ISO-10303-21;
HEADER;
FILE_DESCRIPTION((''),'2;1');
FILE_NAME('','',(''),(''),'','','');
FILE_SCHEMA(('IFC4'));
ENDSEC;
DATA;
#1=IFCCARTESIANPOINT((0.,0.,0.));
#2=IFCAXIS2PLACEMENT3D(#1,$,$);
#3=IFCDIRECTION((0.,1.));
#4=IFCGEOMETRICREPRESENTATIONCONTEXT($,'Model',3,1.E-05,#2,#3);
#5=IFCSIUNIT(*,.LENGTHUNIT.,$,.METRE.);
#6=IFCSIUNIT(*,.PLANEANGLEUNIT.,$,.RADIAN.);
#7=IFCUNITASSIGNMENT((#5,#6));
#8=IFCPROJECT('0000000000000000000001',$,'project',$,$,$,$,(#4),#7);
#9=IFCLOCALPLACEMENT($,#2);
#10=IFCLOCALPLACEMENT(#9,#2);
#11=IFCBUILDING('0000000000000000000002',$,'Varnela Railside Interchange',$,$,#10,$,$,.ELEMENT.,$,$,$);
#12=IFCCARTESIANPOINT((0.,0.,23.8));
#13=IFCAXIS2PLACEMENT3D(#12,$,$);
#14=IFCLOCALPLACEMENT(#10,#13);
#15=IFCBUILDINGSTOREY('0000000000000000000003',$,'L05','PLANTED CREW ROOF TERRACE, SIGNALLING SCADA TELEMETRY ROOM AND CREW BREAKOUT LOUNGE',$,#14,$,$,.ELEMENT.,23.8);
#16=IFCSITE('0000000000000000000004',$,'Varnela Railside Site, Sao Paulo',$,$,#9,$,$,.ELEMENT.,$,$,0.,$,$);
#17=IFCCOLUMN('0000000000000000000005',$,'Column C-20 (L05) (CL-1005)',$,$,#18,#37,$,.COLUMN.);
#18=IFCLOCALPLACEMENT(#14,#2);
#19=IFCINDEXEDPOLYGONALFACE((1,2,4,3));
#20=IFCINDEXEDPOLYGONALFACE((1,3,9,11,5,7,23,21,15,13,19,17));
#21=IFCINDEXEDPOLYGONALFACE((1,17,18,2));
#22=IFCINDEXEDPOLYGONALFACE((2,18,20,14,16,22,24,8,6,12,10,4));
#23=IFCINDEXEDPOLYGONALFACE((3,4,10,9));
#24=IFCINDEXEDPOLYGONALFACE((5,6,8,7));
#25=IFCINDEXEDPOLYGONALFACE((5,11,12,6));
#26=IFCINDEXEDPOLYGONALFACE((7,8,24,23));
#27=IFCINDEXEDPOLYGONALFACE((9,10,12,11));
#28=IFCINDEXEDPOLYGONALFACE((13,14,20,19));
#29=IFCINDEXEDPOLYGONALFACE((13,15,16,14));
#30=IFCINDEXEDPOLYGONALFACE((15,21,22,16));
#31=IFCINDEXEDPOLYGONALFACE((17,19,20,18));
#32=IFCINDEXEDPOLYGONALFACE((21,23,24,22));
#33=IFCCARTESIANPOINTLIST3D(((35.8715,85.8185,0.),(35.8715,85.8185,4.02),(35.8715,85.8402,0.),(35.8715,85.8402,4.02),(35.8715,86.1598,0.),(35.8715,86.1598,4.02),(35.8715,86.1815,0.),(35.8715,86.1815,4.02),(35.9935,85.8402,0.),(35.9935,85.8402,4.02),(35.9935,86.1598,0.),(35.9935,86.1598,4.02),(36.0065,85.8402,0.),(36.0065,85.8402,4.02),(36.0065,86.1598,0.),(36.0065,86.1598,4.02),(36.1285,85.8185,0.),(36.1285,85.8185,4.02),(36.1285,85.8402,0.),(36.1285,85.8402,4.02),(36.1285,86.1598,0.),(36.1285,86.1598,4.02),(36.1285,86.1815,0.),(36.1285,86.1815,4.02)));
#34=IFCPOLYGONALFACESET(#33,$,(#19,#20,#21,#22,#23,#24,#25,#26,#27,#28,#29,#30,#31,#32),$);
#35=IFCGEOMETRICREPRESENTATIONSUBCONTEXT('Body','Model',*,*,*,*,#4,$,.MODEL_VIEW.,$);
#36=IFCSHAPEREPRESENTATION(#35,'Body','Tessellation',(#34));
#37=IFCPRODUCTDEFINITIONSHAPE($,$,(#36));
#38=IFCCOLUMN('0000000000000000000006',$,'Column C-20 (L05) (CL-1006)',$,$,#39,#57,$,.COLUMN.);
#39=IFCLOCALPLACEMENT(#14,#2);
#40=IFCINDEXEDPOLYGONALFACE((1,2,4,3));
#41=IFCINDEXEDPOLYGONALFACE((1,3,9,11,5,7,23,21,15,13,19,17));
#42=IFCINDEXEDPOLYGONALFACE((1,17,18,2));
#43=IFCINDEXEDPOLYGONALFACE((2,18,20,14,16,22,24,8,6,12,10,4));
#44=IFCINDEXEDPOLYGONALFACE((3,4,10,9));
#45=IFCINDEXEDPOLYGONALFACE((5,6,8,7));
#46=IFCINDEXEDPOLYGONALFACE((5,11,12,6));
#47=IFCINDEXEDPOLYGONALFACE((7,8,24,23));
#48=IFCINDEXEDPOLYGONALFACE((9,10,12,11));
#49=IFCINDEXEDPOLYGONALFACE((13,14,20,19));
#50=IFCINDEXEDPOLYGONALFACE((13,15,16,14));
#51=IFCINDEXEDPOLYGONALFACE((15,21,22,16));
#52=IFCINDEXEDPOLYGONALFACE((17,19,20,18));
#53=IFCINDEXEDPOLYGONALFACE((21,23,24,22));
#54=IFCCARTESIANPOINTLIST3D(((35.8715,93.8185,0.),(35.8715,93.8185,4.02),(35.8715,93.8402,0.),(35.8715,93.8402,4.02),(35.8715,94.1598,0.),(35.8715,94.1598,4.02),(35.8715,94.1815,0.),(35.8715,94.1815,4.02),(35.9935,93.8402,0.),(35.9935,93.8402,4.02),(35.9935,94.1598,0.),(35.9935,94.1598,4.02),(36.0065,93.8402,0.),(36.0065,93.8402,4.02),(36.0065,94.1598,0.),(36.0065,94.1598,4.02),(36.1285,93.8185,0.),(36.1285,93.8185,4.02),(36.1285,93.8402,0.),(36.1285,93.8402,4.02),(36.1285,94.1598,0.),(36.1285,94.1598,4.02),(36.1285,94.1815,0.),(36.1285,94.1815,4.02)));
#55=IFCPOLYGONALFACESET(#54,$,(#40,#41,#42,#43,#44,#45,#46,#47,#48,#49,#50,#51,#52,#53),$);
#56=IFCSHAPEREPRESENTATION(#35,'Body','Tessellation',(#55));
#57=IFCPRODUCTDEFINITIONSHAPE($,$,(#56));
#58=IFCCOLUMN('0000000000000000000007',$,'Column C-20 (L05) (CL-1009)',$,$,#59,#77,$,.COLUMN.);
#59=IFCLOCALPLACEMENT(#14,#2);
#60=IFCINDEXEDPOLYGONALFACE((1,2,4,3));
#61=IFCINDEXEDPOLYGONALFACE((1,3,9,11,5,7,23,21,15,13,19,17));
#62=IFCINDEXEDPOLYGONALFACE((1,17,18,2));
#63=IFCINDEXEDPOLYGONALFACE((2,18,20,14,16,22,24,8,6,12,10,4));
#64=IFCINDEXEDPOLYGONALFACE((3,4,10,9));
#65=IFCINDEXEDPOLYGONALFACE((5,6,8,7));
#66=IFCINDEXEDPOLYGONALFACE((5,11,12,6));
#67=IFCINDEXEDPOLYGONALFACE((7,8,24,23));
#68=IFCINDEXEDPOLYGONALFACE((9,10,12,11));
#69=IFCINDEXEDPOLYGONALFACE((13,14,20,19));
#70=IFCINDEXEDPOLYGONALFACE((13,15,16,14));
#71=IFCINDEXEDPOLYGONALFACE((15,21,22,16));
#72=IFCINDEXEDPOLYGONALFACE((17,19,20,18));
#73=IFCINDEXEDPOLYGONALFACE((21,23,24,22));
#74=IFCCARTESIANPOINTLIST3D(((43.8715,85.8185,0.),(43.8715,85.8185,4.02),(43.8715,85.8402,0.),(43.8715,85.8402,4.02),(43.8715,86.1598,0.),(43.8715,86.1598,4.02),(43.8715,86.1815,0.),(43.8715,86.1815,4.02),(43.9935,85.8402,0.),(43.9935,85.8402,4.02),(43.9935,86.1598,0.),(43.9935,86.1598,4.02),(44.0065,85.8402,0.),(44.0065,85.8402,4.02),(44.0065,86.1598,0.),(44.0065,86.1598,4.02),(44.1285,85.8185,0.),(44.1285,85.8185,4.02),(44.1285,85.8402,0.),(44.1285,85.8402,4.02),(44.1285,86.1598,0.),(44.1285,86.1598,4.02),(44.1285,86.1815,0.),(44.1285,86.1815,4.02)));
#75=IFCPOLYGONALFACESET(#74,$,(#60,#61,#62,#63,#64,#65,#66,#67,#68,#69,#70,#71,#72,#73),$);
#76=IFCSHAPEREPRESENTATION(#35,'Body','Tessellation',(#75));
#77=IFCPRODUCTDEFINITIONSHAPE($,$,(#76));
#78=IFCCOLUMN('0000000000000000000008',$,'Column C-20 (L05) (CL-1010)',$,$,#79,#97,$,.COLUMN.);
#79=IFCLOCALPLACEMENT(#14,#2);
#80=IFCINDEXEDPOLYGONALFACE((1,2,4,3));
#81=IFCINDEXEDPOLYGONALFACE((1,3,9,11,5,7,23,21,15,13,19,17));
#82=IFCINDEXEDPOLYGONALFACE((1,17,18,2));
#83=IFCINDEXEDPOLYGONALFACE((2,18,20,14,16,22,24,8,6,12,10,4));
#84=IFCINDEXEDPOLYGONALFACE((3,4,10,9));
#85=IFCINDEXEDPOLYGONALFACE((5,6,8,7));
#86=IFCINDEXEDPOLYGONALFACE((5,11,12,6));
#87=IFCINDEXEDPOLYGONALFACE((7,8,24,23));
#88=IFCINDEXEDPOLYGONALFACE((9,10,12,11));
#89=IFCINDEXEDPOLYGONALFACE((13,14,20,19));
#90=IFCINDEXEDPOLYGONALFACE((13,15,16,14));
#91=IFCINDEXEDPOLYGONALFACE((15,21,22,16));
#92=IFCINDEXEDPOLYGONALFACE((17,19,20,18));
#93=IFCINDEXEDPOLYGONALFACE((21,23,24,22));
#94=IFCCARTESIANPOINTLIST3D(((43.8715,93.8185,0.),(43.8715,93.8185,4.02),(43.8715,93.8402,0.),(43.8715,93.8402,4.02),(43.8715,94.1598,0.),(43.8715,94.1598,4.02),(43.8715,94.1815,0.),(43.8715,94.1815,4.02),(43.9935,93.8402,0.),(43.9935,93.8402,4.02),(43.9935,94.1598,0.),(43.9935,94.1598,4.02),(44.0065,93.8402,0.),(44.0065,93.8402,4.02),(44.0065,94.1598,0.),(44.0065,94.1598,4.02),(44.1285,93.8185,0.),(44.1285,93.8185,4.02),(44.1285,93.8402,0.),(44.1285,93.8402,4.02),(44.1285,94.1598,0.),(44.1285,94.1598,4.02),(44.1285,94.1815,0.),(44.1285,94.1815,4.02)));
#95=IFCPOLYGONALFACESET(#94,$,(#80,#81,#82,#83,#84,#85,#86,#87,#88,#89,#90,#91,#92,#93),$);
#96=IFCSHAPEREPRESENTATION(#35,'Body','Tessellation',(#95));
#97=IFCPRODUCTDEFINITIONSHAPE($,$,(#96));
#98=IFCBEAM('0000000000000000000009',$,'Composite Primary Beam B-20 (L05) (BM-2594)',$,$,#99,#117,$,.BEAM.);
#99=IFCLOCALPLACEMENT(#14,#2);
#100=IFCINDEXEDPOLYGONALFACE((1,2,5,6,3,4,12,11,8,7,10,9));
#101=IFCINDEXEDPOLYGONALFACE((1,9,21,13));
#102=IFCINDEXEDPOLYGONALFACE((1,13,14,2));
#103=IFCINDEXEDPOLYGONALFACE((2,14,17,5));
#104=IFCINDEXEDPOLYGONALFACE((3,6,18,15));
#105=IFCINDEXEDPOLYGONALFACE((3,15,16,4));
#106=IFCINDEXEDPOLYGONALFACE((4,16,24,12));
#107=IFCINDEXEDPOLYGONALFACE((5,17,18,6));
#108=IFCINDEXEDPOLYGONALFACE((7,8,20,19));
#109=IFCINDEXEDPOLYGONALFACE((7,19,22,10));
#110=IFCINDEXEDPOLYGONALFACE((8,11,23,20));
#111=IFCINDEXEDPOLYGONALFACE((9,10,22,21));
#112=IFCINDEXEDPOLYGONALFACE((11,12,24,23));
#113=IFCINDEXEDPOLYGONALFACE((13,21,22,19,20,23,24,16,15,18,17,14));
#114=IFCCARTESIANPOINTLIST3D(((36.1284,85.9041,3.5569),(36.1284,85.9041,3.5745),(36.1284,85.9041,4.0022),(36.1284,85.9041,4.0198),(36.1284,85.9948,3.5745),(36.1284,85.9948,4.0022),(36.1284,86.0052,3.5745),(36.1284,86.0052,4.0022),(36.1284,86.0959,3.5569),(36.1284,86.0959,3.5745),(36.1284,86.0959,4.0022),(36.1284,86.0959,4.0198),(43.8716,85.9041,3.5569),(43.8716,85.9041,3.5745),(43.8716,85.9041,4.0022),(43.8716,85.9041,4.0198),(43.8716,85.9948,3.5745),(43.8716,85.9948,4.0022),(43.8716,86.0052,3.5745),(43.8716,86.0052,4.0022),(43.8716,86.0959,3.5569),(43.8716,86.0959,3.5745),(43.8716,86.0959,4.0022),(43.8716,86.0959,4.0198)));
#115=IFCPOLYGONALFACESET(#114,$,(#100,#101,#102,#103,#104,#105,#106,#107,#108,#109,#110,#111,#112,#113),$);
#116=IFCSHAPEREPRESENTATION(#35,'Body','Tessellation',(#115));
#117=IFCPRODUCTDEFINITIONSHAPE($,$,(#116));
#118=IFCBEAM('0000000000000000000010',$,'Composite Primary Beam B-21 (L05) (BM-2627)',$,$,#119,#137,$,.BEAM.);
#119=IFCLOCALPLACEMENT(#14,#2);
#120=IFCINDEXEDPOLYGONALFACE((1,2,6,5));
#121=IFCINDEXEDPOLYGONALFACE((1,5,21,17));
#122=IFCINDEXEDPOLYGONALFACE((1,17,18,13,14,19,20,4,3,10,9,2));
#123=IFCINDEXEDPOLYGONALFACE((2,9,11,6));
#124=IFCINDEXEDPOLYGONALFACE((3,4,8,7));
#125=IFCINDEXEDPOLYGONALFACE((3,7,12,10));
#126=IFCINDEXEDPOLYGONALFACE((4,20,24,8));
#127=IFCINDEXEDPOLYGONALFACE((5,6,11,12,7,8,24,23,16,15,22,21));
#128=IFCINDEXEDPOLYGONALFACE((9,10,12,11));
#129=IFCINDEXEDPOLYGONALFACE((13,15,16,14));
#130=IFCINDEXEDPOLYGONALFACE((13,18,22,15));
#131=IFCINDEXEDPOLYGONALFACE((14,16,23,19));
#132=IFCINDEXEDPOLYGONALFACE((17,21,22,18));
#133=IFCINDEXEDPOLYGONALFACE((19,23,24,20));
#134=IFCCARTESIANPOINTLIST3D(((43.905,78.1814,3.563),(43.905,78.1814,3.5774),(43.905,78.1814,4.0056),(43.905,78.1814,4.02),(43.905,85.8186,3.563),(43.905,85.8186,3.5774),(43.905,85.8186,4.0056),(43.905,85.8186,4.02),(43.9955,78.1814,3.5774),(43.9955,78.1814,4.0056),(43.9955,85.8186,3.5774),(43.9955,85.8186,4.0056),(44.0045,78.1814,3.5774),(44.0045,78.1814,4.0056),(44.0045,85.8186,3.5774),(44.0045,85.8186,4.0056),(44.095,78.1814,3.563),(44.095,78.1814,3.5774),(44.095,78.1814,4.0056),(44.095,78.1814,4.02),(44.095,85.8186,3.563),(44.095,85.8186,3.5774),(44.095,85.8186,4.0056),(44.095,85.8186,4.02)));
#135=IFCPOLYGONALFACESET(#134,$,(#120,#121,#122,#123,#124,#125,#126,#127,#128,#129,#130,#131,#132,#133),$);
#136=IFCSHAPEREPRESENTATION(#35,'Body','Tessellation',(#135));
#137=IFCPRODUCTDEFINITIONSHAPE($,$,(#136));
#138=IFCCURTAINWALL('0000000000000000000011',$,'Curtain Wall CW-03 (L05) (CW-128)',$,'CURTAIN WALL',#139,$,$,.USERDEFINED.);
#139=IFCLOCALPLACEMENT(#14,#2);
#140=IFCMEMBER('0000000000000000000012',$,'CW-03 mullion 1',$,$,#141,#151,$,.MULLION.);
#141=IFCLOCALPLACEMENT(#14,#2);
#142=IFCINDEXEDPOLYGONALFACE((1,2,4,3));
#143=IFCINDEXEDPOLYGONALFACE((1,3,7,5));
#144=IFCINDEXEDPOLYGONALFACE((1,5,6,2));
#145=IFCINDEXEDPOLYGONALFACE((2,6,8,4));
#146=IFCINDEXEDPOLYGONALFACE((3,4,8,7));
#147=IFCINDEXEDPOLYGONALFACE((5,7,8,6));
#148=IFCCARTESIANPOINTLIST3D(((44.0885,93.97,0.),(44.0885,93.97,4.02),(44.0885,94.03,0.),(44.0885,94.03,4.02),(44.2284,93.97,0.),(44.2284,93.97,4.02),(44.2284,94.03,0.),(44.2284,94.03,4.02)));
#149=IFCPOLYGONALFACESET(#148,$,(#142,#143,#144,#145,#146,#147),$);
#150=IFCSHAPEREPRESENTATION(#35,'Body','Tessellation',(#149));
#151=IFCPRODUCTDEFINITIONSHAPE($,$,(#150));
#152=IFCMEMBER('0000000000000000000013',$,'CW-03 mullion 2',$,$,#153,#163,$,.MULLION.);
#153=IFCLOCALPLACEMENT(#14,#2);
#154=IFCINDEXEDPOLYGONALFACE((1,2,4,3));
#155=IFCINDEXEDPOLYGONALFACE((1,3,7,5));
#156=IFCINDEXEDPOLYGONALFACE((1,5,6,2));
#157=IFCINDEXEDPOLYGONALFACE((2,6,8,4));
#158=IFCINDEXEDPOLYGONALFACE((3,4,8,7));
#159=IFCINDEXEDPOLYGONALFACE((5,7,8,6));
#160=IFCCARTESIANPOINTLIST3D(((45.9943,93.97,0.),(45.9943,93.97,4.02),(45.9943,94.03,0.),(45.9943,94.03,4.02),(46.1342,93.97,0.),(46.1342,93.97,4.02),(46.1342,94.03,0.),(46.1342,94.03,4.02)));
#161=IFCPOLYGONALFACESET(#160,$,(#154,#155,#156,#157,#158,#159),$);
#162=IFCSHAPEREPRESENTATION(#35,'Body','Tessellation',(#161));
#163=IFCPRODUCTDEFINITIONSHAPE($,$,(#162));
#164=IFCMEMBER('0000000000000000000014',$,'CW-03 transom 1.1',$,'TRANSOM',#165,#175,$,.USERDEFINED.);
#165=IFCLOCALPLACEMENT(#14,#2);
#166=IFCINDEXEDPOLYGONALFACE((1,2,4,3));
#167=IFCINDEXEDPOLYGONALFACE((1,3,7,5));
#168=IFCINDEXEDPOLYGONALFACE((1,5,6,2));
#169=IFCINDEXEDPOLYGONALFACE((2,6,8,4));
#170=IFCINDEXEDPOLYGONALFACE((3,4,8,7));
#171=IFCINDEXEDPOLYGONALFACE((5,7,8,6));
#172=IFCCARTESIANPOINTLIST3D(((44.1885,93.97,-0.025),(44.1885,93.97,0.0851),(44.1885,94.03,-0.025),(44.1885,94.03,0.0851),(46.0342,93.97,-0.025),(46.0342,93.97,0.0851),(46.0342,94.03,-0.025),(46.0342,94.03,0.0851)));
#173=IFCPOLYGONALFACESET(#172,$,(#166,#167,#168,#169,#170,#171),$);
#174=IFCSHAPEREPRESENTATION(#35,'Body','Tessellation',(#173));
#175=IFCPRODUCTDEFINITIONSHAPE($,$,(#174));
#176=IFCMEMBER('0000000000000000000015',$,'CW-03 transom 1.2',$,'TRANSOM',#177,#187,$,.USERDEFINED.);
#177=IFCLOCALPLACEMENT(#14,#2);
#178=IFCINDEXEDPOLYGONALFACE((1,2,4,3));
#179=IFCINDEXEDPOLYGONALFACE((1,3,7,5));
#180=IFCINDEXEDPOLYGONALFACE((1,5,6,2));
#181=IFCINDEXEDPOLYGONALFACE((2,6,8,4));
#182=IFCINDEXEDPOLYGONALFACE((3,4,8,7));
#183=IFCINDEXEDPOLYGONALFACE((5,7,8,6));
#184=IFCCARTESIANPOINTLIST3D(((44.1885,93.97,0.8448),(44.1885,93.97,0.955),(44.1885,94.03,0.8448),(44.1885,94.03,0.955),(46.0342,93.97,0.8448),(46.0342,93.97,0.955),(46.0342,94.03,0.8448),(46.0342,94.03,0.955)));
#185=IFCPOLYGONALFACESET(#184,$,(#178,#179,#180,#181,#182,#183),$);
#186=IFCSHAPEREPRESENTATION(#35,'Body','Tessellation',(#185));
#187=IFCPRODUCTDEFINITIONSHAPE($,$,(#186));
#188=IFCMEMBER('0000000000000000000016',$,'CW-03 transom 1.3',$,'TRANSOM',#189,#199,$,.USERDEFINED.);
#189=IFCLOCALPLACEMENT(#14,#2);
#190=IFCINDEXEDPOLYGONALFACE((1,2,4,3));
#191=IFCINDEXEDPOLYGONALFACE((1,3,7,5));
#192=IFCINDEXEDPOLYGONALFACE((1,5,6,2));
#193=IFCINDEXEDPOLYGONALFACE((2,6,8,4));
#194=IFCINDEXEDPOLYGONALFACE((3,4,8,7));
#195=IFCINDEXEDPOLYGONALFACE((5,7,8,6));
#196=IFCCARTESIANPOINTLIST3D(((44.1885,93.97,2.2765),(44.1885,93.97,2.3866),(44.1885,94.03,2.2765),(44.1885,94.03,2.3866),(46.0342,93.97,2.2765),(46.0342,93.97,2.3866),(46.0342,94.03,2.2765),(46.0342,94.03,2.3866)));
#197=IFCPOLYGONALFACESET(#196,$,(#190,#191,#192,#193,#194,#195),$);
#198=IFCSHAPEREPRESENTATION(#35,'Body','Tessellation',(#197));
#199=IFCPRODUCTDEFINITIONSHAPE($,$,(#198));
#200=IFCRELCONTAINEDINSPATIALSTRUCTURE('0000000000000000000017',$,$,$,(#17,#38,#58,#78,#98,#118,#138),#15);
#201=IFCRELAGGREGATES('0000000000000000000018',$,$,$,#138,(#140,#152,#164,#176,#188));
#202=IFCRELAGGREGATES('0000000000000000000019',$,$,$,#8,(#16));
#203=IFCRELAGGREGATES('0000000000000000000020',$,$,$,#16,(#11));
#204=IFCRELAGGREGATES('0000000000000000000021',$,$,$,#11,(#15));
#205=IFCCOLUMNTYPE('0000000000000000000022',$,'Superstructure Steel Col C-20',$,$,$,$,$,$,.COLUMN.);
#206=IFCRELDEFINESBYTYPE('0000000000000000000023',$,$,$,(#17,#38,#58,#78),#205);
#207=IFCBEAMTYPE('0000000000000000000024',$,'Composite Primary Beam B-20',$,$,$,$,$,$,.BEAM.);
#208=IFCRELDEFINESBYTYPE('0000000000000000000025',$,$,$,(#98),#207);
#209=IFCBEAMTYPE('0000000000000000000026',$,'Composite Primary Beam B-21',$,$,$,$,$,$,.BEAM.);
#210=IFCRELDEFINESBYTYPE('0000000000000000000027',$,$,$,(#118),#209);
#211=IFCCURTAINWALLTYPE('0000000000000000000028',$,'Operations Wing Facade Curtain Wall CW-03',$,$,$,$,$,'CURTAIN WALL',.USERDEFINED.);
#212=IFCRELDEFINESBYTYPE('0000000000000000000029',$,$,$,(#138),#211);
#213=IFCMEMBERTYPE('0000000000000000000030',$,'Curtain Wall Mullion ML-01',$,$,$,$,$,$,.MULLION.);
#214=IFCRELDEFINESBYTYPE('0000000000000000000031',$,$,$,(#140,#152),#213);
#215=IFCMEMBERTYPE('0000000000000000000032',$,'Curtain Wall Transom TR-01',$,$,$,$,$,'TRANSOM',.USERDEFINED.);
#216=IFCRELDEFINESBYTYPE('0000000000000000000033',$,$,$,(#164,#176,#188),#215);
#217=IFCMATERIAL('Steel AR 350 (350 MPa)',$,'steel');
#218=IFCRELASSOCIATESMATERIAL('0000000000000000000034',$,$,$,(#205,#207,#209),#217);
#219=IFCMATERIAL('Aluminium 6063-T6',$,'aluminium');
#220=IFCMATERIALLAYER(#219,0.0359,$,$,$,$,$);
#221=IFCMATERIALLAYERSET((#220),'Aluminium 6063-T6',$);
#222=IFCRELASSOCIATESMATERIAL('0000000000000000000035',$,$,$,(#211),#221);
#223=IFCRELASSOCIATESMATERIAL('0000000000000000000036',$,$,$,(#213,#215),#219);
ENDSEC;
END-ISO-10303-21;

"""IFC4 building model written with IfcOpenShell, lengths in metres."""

from ifc_helpers import new_model, si_unit, direction, frame, origin, origin_2d, place, context, subcontext, project, spatial, rectangle, i_section, extrude, material, layer, layer_set, material_profile, profile_set, type_object, element, aggregate, save


model = new_model("IFC4")

# Units and contexts
model_context = context("Model", 3, precision=1e-05, world=origin(), true_north=direction((0.0, 1.0)))
body_context = subcontext(model_context, "Body", "Model", "MODEL_VIEW")
ifc_project = project(units=[si_unit("LENGTHUNIT", "METRE"), si_unit("PLANEANGLEUNIT", "RADIAN")], contexts=[model_context])

# Site, building, storey
site_placement = place(None, origin())
site = spatial("IfcSite", under=ifc_project, at=site_placement, Name="Varnela Railside Site, Sao Paulo", CompositionType="ELEMENT", RefElevation=0.0)
building_placement = place(site_placement, origin())
building = spatial("IfcBuilding", under=site, at=building_placement, Name="Varnela Railside Interchange", CompositionType="ELEMENT")
storey_placement = place(building_placement, frame((0.0, 0.0, 23.8)))
storey = spatial("IfcBuildingStorey", under=building, at=storey_placement, Name="L05", Description="PLANTED CREW ROOF TERRACE, SIGNALLING SCADA TELEMETRY ROOM AND CREW BREAKOUT LOUNGE", CompositionType="ELEMENT", Elevation=23.8)

# Columns
ifc_material_1 = material(Name="Steel AR 350 (350 MPa)", Category="steel")
ifc_material_profile_1 = material_profile(ifc_material_1, i_section(OverallWidth=0.2571, OverallDepth=0.363, WebThickness=0.0129, FlangeThickness=0.0217, at=origin_2d()), Name="W360x122")
ifc_profile_set_1 = profile_set([ifc_material_profile_1], Name="Steel AR 350 (350 MPa)")
column_type = type_object("IfcColumnType", Name="Superstructure Steel Col C-20", PredefinedType="COLUMN", material=ifc_profile_set_1)
for number, where, z_axis, x_axis, name in (
    (1, (36.0, 86.0, 0.0), (0.0, 0.0, 1.0), (1.0, 0.0, 0.0), "Column C-20 (L05) (CL-1005)"),
    (2, (36.0, 94.0, 0.0), (0.0, 0.0, 1.0), (1.0, 0.0, 0.0), "Column C-20 (L05) (CL-1006)"),
    (3, (44.0, 86.0, 0.0), (0.0, 0.0, 1.0), (1.0, 0.0, 0.0), "Column C-20 (L05) (CL-1009)"),
    (4, (44.0, 94.0, 0.0), (0.0, 0.0, 1.0), (1.0, 0.0, 0.0), "Column C-20 (L05) (CL-1010)"),
):
    element("IfcColumn", number, at=place(storey_placement, frame(where, z_axis=z_axis, x_axis=x_axis)), inside=storey, type_object=column_type, Name=name, PredefinedType="COLUMN", context=body_context, shape_type="SweptSolid", body=[
        extrude(i_section(OverallWidth=0.2571, OverallDepth=0.363, WebThickness=0.0129, FlangeThickness=0.0217, at=origin_2d()), origin(), (0.0, 0.0, 1.0), 4.02),
    ])

# Beams
ifc_material_profile_2 = material_profile(ifc_material_1, i_section(OverallWidth=0.1919, OverallDepth=0.4629, WebThickness=0.0105, FlangeThickness=0.0176, at=origin_2d()), Name="W460x89")
ifc_profile_set_2 = profile_set([ifc_material_profile_2], Name="Steel AR 350 (350 MPa)")
beam_type_1 = type_object("IfcBeamType", Name="Composite Primary Beam B-20", PredefinedType="BEAM", material=ifc_profile_set_2)
beam_1_placement = place(storey_placement, frame((36.1284, 86.0, 3.7883), z_axis=(1.0, 0.0, 0.0), x_axis=(0.0, 1.0, 0.0)))
element("IfcBeam", 5, at=beam_1_placement, inside=storey, type_object=beam_type_1, Name="Composite Primary Beam B-20 (L05) (BM-2594)", PredefinedType="BEAM", context=body_context, shape_type="SweptSolid", body=[
    extrude(i_section(OverallWidth=0.1919, OverallDepth=0.4629, WebThickness=0.0105, FlangeThickness=0.0176, at=origin_2d()), origin(), (0.0, 0.0, 1.0), 7.7432),
])
ifc_material_profile_3 = material_profile(ifc_material_1, i_section(OverallWidth=0.1899, OverallDepth=0.457, WebThickness=0.009, FlangeThickness=0.0144, at=origin_2d()), Name="W460x74")
ifc_profile_set_3 = profile_set([ifc_material_profile_3], Name="Steel AR 350 (350 MPa)")
beam_type_2 = type_object("IfcBeamType", Name="Composite Primary Beam B-21", PredefinedType="BEAM", material=ifc_profile_set_3)
beam_2_placement = place(storey_placement, frame((44.0, 78.1814, 3.7915), z_axis=(0.0, 1.0, 0.0), x_axis=(-1.0, 0.0, 0.0)))
element("IfcBeam", 6, at=beam_2_placement, inside=storey, type_object=beam_type_2, Name="Composite Primary Beam B-21 (L05) (BM-2627)", PredefinedType="BEAM", context=body_context, shape_type="SweptSolid", body=[
    extrude(i_section(OverallWidth=0.1899, OverallDepth=0.457, WebThickness=0.009, FlangeThickness=0.0144, at=origin_2d()), origin(), (0.0, 0.0, 1.0), 7.6372),
])

# Curtain wall, members
ifc_material_2 = material(Name="Aluminium 6063-T6", Category="aluminium")
ifc_layer_1 = layer(ifc_material_2, 0.0359)
ifc_layer_set_1 = layer_set([ifc_layer_1], Name="Aluminium 6063-T6")
curtain_wall_type = type_object("IfcCurtainWallType", Name="Operations Wing Facade Curtain Wall CW-03", ElementType="CURTAIN WALL", PredefinedType="USERDEFINED", material=ifc_layer_set_1)
curtain_wall_placement = place(storey_placement, origin())
curtain_wall = element("IfcCurtainWall", 7, at=curtain_wall_placement, inside=storey, type_object=curtain_wall_type, Name="Curtain Wall CW-03 (L05) (CW-128)", ObjectType="CURTAIN WALL", PredefinedType="USERDEFINED")
ifc_material_profile_4 = material_profile(ifc_material_2, rectangle(XDim=0.0601, YDim=0.1399, at=origin_2d()), Name="ALU 60x140")
ifc_profile_set_4 = profile_set([ifc_material_profile_4], Name="Aluminium 6063-T6")
member_type_1 = type_object("IfcMemberType", Name="Curtain Wall Mullion ML-01", PredefinedType="MULLION", material=ifc_profile_set_4)
member_1_placement = place(storey_placement, frame((44.1584, 94.0, 0.0), z_axis=(0.0, 0.0, 1.0), x_axis=(0.0, 1.0, 0.0)))
member_1 = element("IfcMember", 8, at=member_1_placement, type_object=member_type_1, Name="CW-03 mullion 1", PredefinedType="MULLION", context=body_context, shape_type="SweptSolid", body=[
    extrude(rectangle(XDim=0.0601, YDim=0.1399, at=origin_2d()), origin(), (0.0, 0.0, 1.0), 4.02),
])
member_2_placement = place(storey_placement, frame((46.0642, 94.0, 0.0), z_axis=(0.0, 0.0, 1.0), x_axis=(0.0, 1.0, 0.0)))
member_2 = element("IfcMember", 9, at=member_2_placement, type_object=member_type_1, Name="CW-03 mullion 2", PredefinedType="MULLION", context=body_context, shape_type="SweptSolid", body=[
    extrude(rectangle(XDim=0.0601, YDim=0.1399, at=origin_2d()), origin(), (0.0, 0.0, 1.0), 4.02),
])
ifc_material_profile_5 = material_profile(ifc_material_2, rectangle(XDim=0.0601, YDim=0.1101, at=origin_2d()), Name="ALU 60x110")
ifc_profile_set_5 = profile_set([ifc_material_profile_5], Name="Aluminium 6063-T6")
member_type_2 = type_object("IfcMemberType", Name="Curtain Wall Transom TR-01", ElementType="TRANSOM", PredefinedType="USERDEFINED", material=ifc_profile_set_5)
member_3_placement = place(storey_placement, frame((44.1885, 94.0, 0.03), z_axis=(1.0, 0.0, 0.0), x_axis=(0.0, 1.0, 0.0)))
member_3 = element("IfcMember", 10, at=member_3_placement, type_object=member_type_2, Name="CW-03 transom 1.1", ObjectType="TRANSOM", PredefinedType="USERDEFINED", context=body_context, shape_type="SweptSolid", body=[
    extrude(rectangle(XDim=0.0601, YDim=0.1101, at=origin_2d()), origin(), (0.0, 0.0, 1.0), 1.8457),
])
member_4_placement = place(storey_placement, frame((44.1885, 94.0, 0.8999), z_axis=(1.0, 0.0, 0.0), x_axis=(0.0, 1.0, 0.0)))
member_4 = element("IfcMember", 11, at=member_4_placement, type_object=member_type_2, Name="CW-03 transom 1.2", ObjectType="TRANSOM", PredefinedType="USERDEFINED", context=body_context, shape_type="SweptSolid", body=[
    extrude(rectangle(XDim=0.0601, YDim=0.1101, at=origin_2d()), origin(), (0.0, 0.0, 1.0), 1.8457),
])
member_5_placement = place(storey_placement, frame((44.1885, 94.0, 2.3315), z_axis=(1.0, 0.0, 0.0), x_axis=(0.0, 1.0, 0.0)))
member_5 = element("IfcMember", 12, at=member_5_placement, type_object=member_type_2, Name="CW-03 transom 1.3", ObjectType="TRANSOM", PredefinedType="USERDEFINED", context=body_context, shape_type="SweptSolid", body=[
    extrude(rectangle(XDim=0.0601, YDim=0.1101, at=origin_2d()), origin(), (0.0, 0.0, 1.0), 1.8457),
])

aggregate(curtain_wall, [member_1, member_2, member_3, member_4, member_5])

save(model, "model.ifc")
